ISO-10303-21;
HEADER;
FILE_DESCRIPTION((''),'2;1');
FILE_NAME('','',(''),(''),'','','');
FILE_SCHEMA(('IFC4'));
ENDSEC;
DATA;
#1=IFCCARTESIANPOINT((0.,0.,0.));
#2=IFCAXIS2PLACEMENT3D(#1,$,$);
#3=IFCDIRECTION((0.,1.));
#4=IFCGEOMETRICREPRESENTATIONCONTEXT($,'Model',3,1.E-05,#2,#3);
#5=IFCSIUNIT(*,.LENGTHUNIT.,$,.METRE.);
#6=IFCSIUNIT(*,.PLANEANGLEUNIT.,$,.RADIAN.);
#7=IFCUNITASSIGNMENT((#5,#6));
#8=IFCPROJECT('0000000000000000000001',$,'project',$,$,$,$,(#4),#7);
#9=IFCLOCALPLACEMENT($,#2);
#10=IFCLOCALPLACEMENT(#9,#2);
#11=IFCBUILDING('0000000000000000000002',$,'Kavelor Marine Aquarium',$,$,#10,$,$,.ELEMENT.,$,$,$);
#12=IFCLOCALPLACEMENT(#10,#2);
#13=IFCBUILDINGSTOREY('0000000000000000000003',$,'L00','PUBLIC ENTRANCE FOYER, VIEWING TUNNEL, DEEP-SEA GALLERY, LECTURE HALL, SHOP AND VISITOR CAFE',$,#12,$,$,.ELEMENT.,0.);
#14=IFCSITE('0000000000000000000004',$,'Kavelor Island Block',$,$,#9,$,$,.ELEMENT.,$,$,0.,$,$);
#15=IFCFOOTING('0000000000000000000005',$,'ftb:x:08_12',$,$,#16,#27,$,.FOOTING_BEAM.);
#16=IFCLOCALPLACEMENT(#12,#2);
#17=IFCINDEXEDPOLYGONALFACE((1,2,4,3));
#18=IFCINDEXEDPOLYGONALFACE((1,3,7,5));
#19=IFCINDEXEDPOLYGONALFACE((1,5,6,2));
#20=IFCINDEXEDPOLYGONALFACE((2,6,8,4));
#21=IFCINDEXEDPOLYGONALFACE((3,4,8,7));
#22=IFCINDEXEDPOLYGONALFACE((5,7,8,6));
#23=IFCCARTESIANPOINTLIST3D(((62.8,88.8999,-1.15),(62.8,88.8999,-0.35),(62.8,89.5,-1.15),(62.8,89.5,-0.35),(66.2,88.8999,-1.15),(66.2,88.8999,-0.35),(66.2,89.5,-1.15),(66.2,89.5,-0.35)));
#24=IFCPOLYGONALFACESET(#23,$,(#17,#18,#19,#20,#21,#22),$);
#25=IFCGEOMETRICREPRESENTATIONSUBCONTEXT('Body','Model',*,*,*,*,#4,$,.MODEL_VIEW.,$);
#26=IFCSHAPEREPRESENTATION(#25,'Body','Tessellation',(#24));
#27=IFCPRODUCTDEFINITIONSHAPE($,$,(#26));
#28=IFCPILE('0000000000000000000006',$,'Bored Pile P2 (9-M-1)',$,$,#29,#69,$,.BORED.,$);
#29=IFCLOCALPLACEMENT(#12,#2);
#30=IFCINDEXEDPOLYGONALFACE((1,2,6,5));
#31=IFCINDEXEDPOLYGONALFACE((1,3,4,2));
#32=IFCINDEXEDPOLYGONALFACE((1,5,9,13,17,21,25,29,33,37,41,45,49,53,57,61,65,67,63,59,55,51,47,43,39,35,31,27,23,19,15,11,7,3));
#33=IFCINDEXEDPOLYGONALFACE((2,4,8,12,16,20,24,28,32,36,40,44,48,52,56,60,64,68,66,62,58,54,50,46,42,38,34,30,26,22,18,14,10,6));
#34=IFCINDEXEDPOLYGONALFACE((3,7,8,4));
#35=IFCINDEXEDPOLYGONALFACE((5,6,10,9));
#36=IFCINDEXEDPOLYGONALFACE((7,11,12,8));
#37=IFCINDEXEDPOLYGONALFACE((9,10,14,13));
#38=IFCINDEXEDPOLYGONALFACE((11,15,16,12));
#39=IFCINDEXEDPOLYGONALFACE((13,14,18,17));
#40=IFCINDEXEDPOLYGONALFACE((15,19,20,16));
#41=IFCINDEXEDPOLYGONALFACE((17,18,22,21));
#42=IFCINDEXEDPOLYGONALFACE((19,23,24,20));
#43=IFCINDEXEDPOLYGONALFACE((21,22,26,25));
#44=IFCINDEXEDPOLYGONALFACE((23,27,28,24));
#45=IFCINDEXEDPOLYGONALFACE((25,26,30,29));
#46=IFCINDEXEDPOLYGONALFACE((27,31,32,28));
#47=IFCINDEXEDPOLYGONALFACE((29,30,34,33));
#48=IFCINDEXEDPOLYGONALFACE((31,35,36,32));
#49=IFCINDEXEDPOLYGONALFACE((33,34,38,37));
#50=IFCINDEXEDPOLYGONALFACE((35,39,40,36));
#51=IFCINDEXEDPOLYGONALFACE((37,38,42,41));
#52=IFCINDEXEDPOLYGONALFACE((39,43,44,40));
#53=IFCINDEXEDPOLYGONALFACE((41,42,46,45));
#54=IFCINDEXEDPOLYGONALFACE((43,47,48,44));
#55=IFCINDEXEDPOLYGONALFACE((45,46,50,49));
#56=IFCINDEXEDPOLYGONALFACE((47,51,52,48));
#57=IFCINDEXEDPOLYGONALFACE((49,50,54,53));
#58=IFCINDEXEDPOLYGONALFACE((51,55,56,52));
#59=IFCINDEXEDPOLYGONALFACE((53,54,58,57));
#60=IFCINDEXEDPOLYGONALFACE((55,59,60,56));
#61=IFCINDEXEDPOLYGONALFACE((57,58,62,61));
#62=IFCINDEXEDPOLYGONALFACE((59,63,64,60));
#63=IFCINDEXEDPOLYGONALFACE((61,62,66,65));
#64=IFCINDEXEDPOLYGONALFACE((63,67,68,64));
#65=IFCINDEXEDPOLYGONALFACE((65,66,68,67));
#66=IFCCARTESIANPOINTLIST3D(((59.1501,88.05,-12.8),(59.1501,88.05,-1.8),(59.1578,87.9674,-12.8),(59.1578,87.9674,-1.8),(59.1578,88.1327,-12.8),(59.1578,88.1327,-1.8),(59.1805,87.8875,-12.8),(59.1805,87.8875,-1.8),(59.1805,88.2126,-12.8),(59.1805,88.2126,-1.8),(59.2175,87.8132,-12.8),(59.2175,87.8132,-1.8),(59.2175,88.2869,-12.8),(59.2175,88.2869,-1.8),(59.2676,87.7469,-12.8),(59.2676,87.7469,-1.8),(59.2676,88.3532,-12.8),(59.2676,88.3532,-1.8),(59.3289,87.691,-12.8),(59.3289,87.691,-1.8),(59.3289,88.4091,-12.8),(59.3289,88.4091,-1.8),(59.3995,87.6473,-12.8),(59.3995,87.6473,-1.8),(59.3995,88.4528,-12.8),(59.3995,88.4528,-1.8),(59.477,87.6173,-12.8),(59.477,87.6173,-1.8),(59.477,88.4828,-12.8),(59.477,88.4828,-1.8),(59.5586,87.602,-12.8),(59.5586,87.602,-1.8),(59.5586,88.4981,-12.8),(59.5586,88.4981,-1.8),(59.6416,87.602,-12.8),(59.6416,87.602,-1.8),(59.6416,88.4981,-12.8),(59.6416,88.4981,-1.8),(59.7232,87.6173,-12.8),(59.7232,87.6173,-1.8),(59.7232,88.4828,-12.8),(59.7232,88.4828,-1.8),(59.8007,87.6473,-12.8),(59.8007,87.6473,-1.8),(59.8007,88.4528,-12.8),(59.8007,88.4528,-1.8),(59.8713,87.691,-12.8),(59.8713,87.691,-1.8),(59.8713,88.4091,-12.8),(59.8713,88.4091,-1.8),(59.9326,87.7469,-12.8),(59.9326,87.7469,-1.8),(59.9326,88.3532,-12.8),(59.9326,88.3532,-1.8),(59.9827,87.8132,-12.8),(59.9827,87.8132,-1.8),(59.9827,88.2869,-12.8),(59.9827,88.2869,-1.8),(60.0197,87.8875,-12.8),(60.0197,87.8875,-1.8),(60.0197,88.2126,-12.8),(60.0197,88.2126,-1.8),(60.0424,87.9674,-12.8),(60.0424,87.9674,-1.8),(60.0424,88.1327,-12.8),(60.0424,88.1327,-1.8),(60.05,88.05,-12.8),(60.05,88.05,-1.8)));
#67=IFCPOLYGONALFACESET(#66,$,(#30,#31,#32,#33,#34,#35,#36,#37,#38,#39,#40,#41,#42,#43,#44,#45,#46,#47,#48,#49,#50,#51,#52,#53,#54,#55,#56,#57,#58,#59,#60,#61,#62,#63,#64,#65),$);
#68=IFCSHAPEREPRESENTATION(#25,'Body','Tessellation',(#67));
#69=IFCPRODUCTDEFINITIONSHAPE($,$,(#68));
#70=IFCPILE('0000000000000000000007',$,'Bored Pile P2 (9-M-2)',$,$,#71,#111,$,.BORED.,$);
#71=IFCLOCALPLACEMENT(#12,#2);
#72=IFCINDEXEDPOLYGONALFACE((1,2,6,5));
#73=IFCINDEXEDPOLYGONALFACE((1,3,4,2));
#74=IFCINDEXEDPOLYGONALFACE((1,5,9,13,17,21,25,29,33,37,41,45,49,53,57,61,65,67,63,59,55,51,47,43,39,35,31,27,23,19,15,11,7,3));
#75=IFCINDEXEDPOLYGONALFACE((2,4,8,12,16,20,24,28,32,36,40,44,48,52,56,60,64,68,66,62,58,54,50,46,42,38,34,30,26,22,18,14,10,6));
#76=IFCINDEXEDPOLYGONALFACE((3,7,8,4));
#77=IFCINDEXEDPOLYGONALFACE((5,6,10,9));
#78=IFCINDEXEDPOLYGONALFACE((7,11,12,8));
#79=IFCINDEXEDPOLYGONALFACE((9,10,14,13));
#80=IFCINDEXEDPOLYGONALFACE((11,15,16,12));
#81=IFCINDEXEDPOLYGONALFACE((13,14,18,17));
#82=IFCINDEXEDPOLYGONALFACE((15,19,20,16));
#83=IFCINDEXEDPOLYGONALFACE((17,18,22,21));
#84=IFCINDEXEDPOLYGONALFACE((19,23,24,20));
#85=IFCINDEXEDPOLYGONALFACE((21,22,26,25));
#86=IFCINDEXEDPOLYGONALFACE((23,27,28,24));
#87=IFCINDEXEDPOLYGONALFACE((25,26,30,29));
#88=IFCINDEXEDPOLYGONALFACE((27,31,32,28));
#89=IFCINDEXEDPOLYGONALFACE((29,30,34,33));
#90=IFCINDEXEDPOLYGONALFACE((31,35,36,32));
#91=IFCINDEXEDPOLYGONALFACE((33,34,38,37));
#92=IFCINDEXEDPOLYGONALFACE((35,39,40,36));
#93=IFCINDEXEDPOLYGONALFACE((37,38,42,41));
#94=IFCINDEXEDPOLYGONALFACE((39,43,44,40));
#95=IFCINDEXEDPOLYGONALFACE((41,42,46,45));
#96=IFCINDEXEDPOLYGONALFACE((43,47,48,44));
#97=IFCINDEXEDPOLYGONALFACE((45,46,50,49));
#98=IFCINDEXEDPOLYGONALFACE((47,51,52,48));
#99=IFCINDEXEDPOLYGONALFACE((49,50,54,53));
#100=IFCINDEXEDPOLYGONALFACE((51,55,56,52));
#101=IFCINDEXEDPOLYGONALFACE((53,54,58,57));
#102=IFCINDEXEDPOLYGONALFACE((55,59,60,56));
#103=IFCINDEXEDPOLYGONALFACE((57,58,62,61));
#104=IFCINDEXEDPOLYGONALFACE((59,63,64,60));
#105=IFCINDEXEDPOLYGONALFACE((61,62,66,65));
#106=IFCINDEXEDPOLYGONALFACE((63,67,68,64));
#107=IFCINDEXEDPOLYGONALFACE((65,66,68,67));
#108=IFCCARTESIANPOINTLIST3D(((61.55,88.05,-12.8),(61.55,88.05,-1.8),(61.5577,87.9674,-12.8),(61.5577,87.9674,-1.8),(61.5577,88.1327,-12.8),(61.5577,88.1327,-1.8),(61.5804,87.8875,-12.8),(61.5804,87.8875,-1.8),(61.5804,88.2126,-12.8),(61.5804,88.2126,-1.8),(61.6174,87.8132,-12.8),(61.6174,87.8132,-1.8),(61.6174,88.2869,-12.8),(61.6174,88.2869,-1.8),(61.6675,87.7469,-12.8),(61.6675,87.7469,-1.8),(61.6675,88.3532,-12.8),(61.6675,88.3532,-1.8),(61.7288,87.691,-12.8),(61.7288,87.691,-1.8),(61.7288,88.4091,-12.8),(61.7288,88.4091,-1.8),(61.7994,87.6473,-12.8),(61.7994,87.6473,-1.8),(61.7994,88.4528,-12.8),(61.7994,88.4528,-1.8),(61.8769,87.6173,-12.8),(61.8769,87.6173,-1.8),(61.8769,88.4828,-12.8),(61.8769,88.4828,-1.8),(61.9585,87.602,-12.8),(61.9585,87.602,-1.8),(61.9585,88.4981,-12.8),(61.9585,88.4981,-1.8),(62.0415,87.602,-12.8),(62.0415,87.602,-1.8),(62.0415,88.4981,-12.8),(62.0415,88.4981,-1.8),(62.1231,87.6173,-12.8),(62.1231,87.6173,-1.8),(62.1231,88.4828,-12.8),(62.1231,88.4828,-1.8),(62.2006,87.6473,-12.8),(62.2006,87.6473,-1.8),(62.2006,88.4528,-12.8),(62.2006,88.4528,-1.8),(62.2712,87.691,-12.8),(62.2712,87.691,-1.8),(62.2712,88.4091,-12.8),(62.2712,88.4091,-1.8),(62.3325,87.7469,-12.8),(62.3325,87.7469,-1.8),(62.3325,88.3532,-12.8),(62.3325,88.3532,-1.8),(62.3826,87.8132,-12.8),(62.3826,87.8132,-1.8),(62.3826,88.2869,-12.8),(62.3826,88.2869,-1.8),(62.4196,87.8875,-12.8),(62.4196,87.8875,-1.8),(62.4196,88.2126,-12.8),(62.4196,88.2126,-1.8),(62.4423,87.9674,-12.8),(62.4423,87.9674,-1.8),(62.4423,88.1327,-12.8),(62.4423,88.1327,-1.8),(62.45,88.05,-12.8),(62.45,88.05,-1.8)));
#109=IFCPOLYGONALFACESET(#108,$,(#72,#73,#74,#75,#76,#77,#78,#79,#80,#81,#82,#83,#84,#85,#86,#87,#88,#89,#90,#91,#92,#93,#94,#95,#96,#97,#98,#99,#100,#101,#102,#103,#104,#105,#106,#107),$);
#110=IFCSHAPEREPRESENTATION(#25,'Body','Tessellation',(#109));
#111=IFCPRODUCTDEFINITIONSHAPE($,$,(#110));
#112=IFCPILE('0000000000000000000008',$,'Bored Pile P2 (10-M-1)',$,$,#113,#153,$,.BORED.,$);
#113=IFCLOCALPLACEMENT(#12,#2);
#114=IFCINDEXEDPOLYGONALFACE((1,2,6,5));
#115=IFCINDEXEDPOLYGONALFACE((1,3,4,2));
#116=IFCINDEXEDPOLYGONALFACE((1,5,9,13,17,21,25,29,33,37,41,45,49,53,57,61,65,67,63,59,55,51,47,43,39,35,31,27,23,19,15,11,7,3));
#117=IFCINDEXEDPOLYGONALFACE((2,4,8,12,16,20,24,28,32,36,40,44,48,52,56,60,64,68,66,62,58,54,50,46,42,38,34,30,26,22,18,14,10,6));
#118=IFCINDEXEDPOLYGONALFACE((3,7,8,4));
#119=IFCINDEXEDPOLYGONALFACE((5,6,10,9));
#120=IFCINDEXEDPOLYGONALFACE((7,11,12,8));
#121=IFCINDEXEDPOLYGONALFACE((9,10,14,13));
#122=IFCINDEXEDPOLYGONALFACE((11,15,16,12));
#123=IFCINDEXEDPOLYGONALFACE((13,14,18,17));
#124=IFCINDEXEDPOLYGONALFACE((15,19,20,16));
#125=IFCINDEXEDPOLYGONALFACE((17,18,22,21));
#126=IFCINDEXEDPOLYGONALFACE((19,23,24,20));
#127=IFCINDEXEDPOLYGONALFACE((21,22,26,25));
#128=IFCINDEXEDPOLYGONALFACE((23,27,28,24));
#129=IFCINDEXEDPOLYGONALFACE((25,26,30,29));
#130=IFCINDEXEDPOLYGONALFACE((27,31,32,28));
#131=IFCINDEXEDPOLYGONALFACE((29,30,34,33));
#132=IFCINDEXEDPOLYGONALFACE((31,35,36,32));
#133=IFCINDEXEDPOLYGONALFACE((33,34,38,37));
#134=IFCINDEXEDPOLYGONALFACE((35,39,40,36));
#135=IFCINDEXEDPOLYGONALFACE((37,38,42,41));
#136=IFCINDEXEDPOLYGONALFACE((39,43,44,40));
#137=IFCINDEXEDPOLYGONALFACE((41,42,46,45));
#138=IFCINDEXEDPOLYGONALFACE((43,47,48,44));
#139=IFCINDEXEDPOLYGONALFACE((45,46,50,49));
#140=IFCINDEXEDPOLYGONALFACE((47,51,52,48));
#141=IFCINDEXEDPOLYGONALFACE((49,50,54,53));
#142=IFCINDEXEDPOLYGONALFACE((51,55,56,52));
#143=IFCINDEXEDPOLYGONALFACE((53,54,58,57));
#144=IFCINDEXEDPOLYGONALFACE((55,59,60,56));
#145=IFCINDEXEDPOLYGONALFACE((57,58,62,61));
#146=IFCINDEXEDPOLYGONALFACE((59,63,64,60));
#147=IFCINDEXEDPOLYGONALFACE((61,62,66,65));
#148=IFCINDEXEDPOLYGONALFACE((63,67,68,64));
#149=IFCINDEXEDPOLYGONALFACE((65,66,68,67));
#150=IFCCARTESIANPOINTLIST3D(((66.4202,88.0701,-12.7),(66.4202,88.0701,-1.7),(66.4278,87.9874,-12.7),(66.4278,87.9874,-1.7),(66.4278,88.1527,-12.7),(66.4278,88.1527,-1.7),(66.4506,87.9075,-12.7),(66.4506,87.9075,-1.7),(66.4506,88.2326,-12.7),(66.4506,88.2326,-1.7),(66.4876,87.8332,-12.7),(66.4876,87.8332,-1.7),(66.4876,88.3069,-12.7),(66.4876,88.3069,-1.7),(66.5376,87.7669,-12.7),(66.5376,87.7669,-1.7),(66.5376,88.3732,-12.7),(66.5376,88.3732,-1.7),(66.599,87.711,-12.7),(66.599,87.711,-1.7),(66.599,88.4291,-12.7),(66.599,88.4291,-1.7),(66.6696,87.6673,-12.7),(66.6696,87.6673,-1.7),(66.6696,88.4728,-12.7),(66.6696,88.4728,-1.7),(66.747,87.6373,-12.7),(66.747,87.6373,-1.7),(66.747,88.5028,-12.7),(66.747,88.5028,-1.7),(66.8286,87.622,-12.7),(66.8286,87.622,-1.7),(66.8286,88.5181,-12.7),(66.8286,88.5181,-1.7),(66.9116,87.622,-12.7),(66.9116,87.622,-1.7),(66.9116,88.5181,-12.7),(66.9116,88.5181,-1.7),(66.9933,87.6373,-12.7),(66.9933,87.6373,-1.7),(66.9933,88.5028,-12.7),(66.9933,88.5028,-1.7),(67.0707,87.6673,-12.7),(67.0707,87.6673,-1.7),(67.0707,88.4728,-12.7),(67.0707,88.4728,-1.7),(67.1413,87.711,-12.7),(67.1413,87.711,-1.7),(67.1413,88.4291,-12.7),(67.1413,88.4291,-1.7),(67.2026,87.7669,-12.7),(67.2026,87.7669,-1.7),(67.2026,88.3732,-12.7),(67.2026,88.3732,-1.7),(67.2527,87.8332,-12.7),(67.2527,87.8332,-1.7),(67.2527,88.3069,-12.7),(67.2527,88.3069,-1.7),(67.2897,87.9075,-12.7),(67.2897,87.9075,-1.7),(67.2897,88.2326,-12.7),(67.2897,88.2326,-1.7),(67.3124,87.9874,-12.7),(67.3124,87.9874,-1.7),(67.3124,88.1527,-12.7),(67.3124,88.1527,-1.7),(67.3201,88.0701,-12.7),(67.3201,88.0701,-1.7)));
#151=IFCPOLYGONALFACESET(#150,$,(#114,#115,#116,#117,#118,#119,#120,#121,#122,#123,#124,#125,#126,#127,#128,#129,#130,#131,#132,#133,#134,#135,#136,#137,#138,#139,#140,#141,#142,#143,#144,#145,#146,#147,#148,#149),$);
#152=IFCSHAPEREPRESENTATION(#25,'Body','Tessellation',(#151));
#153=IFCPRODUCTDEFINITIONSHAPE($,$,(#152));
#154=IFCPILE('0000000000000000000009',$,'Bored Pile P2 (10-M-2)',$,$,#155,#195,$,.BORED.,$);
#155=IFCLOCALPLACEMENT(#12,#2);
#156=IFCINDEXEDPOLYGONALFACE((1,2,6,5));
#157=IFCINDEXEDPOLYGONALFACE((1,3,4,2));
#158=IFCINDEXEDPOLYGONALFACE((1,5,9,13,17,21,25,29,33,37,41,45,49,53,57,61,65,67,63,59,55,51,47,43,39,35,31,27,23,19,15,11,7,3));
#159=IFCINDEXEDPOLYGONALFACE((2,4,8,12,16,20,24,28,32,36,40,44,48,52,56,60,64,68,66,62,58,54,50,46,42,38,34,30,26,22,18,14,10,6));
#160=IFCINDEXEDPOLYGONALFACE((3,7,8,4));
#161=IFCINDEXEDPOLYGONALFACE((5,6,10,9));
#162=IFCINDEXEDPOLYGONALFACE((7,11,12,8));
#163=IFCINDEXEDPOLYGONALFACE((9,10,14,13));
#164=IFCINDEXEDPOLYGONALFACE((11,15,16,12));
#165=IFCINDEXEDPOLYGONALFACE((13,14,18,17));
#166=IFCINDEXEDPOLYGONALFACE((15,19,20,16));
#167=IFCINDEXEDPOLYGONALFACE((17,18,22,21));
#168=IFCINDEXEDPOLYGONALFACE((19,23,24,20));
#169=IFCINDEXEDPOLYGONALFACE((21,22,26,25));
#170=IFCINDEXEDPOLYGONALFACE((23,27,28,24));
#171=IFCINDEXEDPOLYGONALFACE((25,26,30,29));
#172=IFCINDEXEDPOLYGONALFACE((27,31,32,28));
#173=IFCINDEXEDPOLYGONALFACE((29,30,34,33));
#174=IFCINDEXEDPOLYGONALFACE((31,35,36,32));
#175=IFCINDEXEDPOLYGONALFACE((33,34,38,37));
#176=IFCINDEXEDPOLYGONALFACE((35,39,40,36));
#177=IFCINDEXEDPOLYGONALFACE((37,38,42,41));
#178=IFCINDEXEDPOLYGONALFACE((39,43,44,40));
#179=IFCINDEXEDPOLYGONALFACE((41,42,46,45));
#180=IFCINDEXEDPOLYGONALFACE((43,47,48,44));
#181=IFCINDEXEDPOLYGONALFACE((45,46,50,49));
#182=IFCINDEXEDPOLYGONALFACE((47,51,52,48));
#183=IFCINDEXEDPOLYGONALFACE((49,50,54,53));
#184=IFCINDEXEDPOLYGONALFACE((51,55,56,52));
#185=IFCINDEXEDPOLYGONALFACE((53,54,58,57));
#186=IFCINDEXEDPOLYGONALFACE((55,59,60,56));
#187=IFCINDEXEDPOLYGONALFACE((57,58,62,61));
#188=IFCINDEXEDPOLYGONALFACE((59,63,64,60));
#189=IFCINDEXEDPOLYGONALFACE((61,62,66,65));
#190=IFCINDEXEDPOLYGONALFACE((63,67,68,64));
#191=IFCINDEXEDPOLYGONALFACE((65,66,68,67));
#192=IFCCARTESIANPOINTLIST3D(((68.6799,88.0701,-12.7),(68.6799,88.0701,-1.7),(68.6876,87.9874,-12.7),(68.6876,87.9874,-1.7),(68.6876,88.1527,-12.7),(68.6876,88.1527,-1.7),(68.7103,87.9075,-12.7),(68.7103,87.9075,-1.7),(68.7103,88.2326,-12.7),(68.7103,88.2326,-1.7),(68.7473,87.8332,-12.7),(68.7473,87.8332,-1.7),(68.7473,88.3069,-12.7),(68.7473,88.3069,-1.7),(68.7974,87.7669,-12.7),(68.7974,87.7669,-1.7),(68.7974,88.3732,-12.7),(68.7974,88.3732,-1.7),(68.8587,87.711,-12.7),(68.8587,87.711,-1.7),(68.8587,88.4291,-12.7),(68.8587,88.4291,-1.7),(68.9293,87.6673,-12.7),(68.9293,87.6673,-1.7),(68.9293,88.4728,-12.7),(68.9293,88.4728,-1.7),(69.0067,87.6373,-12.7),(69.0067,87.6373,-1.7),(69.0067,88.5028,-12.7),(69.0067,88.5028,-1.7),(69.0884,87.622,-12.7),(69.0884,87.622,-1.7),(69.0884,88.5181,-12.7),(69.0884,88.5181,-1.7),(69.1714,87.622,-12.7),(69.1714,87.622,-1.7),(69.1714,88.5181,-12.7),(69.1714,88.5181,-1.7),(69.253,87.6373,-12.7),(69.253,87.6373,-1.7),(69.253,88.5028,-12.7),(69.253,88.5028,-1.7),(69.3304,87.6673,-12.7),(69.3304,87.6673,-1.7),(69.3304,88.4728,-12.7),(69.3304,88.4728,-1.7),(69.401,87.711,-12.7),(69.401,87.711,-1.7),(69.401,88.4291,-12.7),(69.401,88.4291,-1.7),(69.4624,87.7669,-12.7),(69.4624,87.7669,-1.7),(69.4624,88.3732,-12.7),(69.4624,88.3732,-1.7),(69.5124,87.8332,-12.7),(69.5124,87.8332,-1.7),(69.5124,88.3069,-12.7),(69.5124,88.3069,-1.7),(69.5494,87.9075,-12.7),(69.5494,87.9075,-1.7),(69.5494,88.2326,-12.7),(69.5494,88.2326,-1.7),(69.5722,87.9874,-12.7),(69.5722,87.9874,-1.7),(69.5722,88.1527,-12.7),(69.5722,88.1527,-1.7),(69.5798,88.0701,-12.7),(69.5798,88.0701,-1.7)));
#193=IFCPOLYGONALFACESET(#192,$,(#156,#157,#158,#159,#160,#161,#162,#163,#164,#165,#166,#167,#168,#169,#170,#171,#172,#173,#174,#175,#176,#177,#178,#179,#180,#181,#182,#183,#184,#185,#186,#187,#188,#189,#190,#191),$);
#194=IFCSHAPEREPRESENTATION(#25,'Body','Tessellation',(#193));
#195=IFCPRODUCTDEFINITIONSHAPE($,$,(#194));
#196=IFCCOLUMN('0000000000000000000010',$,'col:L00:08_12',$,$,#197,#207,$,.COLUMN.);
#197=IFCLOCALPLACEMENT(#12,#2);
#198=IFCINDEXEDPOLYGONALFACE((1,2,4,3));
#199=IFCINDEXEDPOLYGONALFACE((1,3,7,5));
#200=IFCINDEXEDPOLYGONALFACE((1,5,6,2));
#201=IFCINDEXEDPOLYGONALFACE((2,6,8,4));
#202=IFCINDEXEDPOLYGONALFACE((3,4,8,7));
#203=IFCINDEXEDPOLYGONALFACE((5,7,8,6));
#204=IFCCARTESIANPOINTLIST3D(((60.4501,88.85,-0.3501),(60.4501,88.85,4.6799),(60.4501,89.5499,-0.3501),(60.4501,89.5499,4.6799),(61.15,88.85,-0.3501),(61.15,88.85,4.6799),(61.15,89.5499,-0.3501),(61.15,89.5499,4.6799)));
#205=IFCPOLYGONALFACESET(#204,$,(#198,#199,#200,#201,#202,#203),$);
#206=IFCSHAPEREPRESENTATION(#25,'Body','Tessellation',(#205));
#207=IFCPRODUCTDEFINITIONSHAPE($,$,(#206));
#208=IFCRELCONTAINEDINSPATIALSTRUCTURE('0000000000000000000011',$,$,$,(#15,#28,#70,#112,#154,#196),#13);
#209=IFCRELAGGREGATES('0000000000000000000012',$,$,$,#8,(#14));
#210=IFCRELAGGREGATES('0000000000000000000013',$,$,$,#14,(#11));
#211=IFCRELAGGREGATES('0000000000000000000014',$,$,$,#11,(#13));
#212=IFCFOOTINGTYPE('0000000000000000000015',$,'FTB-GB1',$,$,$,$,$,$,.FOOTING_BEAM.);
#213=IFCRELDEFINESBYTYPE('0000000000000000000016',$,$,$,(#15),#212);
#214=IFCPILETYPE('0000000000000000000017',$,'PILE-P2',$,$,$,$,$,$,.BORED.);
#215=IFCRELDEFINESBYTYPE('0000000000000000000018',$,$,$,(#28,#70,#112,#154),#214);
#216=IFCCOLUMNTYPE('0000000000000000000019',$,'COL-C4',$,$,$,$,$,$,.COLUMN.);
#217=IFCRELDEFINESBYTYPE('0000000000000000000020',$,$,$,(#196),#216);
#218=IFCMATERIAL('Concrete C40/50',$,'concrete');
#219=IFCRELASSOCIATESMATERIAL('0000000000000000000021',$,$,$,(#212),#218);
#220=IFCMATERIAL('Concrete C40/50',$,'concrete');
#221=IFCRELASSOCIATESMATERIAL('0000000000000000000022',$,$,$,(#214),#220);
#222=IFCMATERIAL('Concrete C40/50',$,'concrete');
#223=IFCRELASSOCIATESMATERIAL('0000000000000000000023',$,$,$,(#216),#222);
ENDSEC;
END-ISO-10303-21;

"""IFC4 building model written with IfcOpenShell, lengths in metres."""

from ifc_helpers import new_model, si_unit, direction, frame, origin, origin_2d, place, context, subcontext, project, spatial, rectangle, circle, extrude, material, material_profile, profile_set, type_object, element, save


model = new_model("IFC4")

# Units and contexts
model_context = context("Model", 3, precision=1e-05, world=origin(), true_north=direction((0.0, 1.0)))
body_context = subcontext(model_context, "Body", "Model", "MODEL_VIEW")
ifc_project = project(units=[si_unit("LENGTHUNIT", "METRE"), si_unit("PLANEANGLEUNIT", "RADIAN")], contexts=[model_context])

# Site, building, storey
site_placement = place(None, origin())
site = spatial("IfcSite", under=ifc_project, at=site_placement, Name="Kavelor Island Block", CompositionType="ELEMENT", RefElevation=0.0)
building_placement = place(site_placement, origin())
building = spatial("IfcBuilding", under=site, at=building_placement, Name="Kavelor Marine Aquarium", CompositionType="ELEMENT")
storey_placement = place(building_placement, origin())
storey = spatial("IfcBuildingStorey", under=building, at=storey_placement, Name="L00", Description="PUBLIC ENTRANCE FOYER, VIEWING TUNNEL, DEEP-SEA GALLERY, LECTURE HALL, SHOP AND VISITOR CAFE", CompositionType="ELEMENT", Elevation=0.0)

# Footing
ifc_material_1 = material(Name="Concrete C40/50", Category="concrete")
ifc_material_profile_1 = material_profile(ifc_material_1, rectangle(XDim=0.6001, YDim=0.8, at=origin_2d()), Name="GB 600x800")
ifc_profile_set_1 = profile_set([ifc_material_profile_1], Name="Concrete C40/50")
footing_type = type_object("IfcFootingType", Name="FTB-GB1", PredefinedType="FOOTING_BEAM", material=ifc_profile_set_1)
footing_placement = place(storey_placement, frame((62.8, 89.2, -0.75), z_axis=(1.0, 0.0, 0.0), x_axis=(0.0, 1.0, 0.0)))
element("IfcFooting", 1, at=footing_placement, inside=storey, type_object=footing_type, Name="ftb:x:08_12", PredefinedType="FOOTING_BEAM", context=body_context, shape_type="SweptSolid", body=[
    extrude(rectangle(XDim=0.6001, YDim=0.8, at=origin_2d()), origin(), (0.0, 0.0, 1.0), 3.3999),
])

# Piles
ifc_material_2 = material(Name="Concrete C40/50", Category="concrete")
ifc_material_profile_2 = material_profile(ifc_material_2, circle(Radius=0.45, at=origin_2d()), Name="PILE D900")
ifc_profile_set_2 = profile_set([ifc_material_profile_2], Name="Concrete C40/50")
pile_type = type_object("IfcPileType", Name="PILE-P2", PredefinedType="BORED", material=ifc_profile_set_2)
for number, where, z_axis, x_axis, name in (
    (2, (59.6001, 88.05, -1.8), (0.0, 0.0, -1.0), (1.0, 0.0, 0.0), "Bored Pile P2 (9-M-1)"),
    (3, (62.0, 88.05, -1.8), (0.0, 0.0, -1.0), (1.0, 0.0, 0.0), "Bored Pile P2 (9-M-2)"),
    (4, (66.8701, 88.0701, -1.7), (0.0, 0.0, -1.0), (1.0, 0.0, 0.0), "Bored Pile P2 (10-M-1)"),
    (5, (69.1299, 88.0701, -1.7), (0.0, 0.0, -1.0), (1.0, 0.0, 0.0), "Bored Pile P2 (10-M-2)"),
):
    element("IfcPile", number, at=place(storey_placement, frame(where, z_axis=z_axis, x_axis=x_axis)), inside=storey, type_object=pile_type, Name=name, PredefinedType="BORED", context=body_context, shape_type="SweptSolid", body=[
        extrude(circle(Radius=0.45, at=origin_2d()), origin(), (0.0, 0.0, 1.0), 11.0),
    ])

# Column
ifc_material_3 = material(Name="Concrete C40/50", Category="concrete")
ifc_material_profile_3 = material_profile(ifc_material_3, rectangle(XDim=0.7, YDim=0.7, at=origin_2d()), Name="RC-COL 700x700")
ifc_profile_set_3 = profile_set([ifc_material_profile_3], Name="Concrete C40/50")
column_type = type_object("IfcColumnType", Name="COL-C4", PredefinedType="COLUMN", material=ifc_profile_set_3)
for number, where, z_axis, x_axis, name in (
    (6, (60.8, 89.2, -0.3501), (0.0, 0.0, 1.0), (1.0, 0.0, 0.0), "col:L00:08_12"),
):
    element("IfcColumn", number, at=place(storey_placement, frame(where, z_axis=z_axis, x_axis=x_axis)), inside=storey, type_object=column_type, Name=name, PredefinedType="COLUMN", context=body_context, shape_type="SweptSolid", body=[
        extrude(rectangle(XDim=0.7, YDim=0.7, at=origin_2d()), origin(), (0.0, 0.0, 1.0), 5.03),
    ])

save(model, "model.ifc")
